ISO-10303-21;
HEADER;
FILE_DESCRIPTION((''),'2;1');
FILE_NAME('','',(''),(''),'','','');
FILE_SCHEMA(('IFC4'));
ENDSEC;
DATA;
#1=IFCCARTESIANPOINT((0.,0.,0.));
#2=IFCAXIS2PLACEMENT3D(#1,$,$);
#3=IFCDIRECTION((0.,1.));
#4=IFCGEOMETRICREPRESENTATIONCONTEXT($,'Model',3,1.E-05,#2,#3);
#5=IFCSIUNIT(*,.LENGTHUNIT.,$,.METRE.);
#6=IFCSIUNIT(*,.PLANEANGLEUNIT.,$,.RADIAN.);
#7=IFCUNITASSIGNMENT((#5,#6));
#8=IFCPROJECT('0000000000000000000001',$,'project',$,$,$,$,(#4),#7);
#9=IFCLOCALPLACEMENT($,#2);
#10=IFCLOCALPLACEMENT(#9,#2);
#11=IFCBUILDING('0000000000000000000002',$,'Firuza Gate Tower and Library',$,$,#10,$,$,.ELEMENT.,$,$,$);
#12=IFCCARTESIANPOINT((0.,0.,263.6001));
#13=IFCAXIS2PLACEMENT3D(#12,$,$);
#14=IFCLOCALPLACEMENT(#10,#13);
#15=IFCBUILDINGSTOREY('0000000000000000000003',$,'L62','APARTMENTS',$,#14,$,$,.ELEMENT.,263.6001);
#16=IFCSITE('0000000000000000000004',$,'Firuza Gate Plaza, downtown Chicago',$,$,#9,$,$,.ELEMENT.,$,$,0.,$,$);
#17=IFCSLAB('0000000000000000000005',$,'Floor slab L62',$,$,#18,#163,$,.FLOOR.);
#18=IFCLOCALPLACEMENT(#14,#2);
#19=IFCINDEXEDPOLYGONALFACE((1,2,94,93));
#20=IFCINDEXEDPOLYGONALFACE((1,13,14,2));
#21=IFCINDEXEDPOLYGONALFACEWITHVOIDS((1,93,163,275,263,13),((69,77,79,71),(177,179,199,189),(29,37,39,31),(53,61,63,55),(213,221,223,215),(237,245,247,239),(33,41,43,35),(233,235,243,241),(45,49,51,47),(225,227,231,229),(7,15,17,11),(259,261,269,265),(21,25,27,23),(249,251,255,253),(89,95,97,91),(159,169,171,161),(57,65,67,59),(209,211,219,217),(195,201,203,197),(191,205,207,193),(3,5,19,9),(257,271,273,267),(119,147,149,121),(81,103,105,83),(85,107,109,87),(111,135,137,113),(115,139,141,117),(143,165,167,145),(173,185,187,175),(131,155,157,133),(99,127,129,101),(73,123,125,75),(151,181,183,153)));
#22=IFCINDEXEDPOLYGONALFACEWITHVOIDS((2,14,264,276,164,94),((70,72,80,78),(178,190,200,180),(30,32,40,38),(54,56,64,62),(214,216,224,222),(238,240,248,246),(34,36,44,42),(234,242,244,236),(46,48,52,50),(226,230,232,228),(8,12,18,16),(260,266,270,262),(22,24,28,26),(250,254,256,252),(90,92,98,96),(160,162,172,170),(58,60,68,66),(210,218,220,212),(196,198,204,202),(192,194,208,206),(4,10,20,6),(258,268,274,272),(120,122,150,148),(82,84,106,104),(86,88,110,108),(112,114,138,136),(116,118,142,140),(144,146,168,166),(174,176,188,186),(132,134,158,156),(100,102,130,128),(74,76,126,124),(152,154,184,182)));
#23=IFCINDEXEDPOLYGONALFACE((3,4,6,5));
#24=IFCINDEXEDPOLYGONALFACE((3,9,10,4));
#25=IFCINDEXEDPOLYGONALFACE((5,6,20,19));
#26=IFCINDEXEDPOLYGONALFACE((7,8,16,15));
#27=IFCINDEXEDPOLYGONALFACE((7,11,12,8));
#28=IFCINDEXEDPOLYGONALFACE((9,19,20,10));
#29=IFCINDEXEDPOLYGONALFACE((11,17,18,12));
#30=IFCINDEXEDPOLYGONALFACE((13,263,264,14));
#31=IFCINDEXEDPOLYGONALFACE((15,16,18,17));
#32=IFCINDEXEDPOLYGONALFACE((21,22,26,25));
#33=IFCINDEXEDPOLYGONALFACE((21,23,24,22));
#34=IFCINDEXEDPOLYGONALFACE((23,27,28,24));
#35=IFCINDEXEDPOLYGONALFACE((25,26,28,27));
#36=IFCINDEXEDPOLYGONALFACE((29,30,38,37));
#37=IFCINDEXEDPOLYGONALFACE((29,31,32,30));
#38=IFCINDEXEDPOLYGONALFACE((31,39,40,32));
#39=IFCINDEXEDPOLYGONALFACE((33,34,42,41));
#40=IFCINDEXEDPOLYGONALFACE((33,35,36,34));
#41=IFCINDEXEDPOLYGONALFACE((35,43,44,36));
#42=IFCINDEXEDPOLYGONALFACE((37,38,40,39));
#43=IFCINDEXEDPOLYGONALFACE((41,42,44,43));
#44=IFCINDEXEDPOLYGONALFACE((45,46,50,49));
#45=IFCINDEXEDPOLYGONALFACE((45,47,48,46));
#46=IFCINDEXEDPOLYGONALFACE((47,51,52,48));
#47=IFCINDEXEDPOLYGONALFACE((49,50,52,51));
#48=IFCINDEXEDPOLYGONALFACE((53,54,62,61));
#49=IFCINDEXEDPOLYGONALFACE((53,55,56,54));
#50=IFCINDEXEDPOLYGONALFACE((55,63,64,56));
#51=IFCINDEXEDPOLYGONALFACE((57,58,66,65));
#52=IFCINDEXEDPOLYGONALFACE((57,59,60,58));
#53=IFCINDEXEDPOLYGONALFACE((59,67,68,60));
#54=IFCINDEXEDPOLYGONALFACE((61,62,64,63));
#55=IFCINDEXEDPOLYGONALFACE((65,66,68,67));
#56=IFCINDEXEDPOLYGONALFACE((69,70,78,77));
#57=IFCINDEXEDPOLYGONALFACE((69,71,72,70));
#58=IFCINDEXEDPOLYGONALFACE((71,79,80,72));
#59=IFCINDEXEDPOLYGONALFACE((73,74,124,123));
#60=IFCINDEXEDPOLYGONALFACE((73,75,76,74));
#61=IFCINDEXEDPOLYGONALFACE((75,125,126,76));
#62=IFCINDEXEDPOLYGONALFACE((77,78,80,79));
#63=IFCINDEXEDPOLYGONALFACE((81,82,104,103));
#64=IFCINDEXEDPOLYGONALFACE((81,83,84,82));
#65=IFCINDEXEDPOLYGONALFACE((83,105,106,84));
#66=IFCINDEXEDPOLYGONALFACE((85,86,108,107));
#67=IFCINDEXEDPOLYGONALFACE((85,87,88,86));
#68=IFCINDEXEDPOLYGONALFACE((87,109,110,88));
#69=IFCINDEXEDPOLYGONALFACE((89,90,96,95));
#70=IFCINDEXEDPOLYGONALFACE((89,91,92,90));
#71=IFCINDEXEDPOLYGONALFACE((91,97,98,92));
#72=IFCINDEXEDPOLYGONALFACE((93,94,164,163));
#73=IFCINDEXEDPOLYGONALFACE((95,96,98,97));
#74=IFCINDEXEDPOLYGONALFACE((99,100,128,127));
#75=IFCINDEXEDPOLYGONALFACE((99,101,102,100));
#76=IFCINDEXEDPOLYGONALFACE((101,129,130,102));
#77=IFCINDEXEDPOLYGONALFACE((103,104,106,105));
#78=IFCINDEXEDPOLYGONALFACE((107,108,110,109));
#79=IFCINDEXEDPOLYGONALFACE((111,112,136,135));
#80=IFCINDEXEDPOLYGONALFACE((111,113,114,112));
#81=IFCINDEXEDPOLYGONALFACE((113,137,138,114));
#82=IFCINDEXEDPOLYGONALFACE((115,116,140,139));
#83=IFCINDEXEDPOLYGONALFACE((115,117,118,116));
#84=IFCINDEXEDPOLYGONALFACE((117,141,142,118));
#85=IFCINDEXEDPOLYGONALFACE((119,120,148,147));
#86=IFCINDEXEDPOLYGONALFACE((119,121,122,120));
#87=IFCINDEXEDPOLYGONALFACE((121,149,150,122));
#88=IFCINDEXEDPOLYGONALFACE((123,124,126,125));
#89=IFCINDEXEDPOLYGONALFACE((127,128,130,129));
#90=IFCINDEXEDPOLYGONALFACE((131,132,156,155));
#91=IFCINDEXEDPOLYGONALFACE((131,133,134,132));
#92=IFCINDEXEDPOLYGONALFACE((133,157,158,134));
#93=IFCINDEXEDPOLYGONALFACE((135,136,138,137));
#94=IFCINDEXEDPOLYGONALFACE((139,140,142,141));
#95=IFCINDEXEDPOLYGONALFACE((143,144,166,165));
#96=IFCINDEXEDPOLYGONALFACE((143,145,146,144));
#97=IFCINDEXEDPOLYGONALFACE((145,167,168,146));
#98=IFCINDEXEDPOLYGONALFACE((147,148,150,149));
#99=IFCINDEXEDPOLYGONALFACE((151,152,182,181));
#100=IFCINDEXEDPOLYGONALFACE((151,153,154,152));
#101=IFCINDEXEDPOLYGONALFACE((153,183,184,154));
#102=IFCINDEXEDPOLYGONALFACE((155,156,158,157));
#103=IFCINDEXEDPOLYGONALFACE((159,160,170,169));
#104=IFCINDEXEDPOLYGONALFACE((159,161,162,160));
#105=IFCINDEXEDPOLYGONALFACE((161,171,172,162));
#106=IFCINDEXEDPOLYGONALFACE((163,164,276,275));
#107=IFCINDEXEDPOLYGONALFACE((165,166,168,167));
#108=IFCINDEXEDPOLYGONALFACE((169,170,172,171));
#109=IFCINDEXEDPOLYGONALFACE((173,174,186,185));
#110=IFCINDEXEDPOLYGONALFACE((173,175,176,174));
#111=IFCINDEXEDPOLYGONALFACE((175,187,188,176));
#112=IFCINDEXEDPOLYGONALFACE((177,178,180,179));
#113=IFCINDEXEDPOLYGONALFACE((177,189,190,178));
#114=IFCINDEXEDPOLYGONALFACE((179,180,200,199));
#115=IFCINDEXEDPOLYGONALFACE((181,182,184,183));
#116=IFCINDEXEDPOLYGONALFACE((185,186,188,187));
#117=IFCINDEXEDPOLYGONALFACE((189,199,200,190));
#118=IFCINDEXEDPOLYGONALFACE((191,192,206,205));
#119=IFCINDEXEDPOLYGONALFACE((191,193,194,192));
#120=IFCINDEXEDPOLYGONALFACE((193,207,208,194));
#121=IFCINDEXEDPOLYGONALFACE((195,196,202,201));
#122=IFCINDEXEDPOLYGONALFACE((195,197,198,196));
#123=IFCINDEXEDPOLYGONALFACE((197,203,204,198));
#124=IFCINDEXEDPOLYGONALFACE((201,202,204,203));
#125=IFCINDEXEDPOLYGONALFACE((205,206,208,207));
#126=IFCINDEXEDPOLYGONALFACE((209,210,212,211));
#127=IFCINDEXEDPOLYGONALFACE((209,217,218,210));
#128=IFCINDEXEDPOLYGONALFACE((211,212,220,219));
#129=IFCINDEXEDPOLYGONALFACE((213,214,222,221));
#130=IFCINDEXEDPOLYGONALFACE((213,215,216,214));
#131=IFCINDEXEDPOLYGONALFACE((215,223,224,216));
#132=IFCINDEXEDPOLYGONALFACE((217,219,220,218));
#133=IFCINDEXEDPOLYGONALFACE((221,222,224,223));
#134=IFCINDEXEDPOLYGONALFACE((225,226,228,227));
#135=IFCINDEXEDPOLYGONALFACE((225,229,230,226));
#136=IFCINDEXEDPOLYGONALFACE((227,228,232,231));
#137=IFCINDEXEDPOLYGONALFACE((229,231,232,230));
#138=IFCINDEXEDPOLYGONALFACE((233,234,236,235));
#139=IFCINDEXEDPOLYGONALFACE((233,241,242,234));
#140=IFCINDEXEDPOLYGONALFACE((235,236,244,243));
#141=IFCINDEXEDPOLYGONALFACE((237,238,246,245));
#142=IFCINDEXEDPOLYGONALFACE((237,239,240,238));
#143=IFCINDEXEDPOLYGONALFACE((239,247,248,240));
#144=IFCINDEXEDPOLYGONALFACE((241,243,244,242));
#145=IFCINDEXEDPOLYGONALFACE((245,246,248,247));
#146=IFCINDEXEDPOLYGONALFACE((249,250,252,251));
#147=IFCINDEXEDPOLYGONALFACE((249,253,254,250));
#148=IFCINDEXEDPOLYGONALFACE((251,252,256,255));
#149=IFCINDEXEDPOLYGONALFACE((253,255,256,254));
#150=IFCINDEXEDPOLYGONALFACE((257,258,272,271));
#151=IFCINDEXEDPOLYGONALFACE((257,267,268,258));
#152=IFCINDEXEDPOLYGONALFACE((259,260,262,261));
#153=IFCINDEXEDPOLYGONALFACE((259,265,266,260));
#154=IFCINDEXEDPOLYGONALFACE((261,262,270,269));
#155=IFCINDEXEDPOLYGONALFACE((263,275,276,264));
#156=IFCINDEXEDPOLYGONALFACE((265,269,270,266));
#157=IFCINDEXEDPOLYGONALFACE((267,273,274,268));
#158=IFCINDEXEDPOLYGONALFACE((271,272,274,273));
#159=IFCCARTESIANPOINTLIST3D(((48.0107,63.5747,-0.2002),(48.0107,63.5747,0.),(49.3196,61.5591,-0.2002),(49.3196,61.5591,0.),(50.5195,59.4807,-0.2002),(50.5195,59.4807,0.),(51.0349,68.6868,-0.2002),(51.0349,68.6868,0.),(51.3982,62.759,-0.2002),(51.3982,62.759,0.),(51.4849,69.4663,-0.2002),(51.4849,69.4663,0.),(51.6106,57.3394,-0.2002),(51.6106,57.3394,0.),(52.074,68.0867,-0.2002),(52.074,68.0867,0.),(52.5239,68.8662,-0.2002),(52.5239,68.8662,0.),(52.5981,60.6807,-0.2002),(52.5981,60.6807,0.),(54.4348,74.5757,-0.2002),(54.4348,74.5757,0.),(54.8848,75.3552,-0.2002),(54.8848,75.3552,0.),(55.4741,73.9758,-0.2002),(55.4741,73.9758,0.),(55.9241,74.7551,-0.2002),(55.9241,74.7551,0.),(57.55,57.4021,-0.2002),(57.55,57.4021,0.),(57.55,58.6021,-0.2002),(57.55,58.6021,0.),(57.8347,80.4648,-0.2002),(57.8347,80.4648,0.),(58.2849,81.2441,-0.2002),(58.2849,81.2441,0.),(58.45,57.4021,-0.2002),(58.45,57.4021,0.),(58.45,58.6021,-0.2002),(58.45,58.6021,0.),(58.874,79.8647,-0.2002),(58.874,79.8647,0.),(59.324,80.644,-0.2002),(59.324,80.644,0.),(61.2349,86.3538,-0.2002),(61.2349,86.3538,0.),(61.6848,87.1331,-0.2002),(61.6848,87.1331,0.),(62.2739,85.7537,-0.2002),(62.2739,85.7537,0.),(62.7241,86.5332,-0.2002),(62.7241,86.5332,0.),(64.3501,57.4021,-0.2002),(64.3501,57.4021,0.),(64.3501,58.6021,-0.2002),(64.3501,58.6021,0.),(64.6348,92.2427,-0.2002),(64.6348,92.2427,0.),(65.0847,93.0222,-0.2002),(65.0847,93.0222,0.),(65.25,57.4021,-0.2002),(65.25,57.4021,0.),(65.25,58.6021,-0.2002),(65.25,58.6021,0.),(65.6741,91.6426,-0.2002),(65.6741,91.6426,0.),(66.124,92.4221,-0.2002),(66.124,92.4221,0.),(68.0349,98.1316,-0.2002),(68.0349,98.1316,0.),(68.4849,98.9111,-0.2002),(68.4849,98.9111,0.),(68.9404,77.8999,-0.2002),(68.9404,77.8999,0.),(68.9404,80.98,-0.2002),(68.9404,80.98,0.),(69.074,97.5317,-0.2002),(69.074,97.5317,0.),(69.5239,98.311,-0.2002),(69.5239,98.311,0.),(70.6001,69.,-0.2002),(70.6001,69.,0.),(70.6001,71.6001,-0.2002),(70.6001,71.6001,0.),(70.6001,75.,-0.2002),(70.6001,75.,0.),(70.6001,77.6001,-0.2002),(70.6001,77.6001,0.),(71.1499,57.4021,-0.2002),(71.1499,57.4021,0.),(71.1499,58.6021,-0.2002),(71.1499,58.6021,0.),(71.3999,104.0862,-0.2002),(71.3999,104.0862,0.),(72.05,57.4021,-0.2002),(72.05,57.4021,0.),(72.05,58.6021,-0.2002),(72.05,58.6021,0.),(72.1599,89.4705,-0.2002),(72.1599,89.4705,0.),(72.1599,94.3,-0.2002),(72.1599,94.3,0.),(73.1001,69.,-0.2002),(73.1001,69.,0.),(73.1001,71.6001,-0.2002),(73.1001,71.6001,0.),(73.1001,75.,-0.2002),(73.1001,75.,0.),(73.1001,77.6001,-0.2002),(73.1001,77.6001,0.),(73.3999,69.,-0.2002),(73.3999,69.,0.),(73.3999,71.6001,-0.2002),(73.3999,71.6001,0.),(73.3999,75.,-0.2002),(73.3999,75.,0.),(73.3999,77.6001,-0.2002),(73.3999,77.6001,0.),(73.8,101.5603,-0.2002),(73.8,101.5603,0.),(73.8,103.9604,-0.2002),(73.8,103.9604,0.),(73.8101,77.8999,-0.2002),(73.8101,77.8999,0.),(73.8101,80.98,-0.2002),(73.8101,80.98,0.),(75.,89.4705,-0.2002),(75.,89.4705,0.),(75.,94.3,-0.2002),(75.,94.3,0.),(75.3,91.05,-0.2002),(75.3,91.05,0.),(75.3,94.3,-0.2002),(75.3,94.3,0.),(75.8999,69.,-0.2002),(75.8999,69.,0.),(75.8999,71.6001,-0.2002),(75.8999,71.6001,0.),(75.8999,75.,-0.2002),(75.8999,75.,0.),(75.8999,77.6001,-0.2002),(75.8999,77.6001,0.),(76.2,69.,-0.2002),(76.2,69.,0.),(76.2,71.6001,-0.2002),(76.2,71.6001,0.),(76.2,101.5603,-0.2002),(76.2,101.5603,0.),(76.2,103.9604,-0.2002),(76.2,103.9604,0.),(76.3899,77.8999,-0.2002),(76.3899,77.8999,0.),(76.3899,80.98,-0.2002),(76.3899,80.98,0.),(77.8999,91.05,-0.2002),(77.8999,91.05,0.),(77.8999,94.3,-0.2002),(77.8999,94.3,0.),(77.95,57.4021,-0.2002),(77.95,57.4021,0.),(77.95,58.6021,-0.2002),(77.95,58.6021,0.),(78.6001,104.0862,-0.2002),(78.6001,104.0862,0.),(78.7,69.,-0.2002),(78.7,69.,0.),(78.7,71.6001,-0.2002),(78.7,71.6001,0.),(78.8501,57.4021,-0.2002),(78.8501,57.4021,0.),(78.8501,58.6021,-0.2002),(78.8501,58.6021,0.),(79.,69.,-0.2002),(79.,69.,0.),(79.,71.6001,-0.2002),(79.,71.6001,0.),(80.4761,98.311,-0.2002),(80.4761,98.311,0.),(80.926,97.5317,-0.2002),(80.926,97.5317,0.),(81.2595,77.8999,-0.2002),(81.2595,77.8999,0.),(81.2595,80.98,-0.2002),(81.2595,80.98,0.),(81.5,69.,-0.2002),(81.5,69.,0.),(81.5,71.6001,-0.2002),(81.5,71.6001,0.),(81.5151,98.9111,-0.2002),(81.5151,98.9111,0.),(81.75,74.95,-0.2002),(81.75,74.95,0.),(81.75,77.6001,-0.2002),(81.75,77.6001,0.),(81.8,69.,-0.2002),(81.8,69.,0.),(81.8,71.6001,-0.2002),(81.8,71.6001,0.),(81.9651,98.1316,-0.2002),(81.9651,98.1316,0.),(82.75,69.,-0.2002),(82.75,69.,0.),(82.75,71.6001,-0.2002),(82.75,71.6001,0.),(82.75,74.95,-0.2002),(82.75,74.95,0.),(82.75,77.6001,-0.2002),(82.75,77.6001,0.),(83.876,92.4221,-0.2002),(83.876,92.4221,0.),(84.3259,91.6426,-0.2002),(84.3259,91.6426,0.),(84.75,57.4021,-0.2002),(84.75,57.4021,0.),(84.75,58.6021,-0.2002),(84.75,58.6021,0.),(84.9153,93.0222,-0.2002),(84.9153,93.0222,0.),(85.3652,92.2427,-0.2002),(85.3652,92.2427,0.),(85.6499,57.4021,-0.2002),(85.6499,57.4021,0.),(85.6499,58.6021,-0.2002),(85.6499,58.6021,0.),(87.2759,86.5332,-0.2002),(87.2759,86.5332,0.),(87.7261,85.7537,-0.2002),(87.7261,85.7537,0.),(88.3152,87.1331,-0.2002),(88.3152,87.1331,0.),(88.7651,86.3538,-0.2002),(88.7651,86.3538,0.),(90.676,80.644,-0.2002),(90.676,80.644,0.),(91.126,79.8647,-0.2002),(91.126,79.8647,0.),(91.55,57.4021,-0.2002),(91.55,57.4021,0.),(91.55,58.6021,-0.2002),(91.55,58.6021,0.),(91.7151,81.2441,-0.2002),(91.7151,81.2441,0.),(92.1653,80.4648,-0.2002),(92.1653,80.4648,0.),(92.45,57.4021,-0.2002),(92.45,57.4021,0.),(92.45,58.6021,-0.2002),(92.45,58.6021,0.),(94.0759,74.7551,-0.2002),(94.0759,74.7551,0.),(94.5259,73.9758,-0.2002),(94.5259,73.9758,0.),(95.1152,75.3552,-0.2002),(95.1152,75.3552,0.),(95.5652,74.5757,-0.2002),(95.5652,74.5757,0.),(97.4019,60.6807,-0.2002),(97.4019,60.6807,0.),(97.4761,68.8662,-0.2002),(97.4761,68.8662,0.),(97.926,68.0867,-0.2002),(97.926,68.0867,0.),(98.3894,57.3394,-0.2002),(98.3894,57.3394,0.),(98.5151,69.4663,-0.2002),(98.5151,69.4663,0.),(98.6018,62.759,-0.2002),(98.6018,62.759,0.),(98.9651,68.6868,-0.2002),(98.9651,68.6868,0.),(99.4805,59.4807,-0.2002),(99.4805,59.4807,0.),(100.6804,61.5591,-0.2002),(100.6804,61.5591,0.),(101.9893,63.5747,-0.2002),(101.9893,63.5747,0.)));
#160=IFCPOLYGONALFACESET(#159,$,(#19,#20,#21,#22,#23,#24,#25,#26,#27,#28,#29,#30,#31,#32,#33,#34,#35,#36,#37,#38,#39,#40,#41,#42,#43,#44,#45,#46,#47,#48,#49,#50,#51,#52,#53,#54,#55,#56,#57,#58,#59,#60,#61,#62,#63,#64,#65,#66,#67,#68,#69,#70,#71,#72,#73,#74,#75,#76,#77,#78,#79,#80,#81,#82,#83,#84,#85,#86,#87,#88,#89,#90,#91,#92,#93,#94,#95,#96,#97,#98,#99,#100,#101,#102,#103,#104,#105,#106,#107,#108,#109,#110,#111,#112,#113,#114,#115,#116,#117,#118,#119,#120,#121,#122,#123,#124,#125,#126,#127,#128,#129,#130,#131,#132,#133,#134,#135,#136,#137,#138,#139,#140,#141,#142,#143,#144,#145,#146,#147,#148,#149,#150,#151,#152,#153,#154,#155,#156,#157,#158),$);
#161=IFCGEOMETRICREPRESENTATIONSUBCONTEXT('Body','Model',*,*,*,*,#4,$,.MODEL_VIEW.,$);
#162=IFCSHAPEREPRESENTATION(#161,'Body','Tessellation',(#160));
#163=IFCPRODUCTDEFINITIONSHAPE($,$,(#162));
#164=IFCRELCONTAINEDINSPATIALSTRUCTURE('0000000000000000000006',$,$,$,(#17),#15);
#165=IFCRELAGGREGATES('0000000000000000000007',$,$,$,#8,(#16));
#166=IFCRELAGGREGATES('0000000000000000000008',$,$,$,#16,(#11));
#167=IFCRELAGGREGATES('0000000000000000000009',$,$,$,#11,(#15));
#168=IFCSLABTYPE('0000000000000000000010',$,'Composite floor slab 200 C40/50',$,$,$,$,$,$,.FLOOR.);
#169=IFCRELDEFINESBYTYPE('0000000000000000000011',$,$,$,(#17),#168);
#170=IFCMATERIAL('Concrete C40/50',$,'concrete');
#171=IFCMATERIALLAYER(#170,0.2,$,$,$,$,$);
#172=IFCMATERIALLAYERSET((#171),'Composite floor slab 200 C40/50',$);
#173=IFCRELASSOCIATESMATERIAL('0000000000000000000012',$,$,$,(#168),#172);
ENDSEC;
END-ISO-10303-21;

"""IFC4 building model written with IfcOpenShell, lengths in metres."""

from ifc_helpers import new_model, si_unit, direction, frame, origin, place, context, subcontext, project, spatial, polyline, outline, extrude, material, layer, layer_set, type_object, element, save


model = new_model("IFC4")

# Units and contexts
model_context = context("Model", 3, precision=1e-05, world=origin(), true_north=direction((0.0, 1.0)))
body_context = subcontext(model_context, "Body", "Model", "MODEL_VIEW")
ifc_project = project(units=[si_unit("LENGTHUNIT", "METRE"), si_unit("PLANEANGLEUNIT", "RADIAN")], contexts=[model_context])

# Site, building, storey
site_placement = place(None, origin())
site = spatial("IfcSite", under=ifc_project, at=site_placement, Name="Firuza Gate Plaza, downtown Chicago", CompositionType="ELEMENT", RefElevation=0.0)
building_placement = place(site_placement, origin())
building = spatial("IfcBuilding", under=site, at=building_placement, Name="Firuza Gate Tower and Library", CompositionType="ELEMENT")
storey_placement = place(building_placement, frame((0.0, 0.0, 263.6001)))
storey = spatial("IfcBuildingStorey", under=building, at=storey_placement, Name="L62", Description="APARTMENTS", CompositionType="ELEMENT", Elevation=263.6001)

# Slab
ifc_material_1 = material(Name="Concrete C40/50", Category="concrete")
ifc_layer_1 = layer(ifc_material_1, 0.2)
ifc_layer_set_1 = layer_set([ifc_layer_1], Name="Composite floor slab 200 C40/50")
slab_type_1 = type_object("IfcSlabType", Name="Composite floor slab 200 C40/50", PredefinedType="FLOOR", material=ifc_layer_set_1)
placement_1 = place(storey_placement, frame((0.0, 0.0, -0.2002)))
element("IfcSlab", 1, at=placement_1, inside=storey, type_object=slab_type_1, Name="Floor slab L62", PredefinedType="FLOOR", context=body_context, shape_type="SweptSolid", body=[
    extrude(outline(polyline([(48.0107, 63.5747), (51.6106, 57.3394), (98.3894, 57.3394), (101.9893, 63.5747), (78.6001, 104.0862), (71.3999, 104.0862), (48.0107, 63.5747)]), holes=[polyline([(57.55, 57.4021), (57.55, 58.6021), (58.45, 58.6021), (58.45, 57.4021), (57.55, 57.4021)]), polyline([(64.3501, 57.4021), (64.3501, 58.6021), (65.25, 58.6021), (65.25, 57.4021), (64.3501, 57.4021)]), polyline([(71.1499, 57.4021), (71.1499, 58.6021), (72.05, 58.6021), (72.05, 57.4021), (71.1499, 57.4021)]), polyline([(49.3196, 61.5591), (51.3982, 62.759), (52.5981, 60.6807), (50.5195, 59.4807), (49.3196, 61.5591)]), polyline([(51.4849, 69.4663), (52.5239, 68.8662), (52.074, 68.0867), (51.0349, 68.6868), (51.4849, 69.4663)]), polyline([(73.1001, 69.0), (70.6001, 69.0), (70.6001, 71.6001), (73.1001, 71.6001), (73.1001, 69.0)]), polyline([(75.8999, 69.0), (73.3999, 69.0), (73.3999, 71.6001), (75.8999, 71.6001), (75.8999, 69.0)]), polyline([(54.8848, 75.3552), (55.9241, 74.7551), (55.4741, 73.9758), (54.4348, 74.5757), (54.8848, 75.3552)]), polyline([(73.1001, 75.0), (70.6001, 75.0), (70.6001, 77.6001), (73.1001, 77.6001), (73.1001, 75.0)]), polyline([(75.8999, 75.0), (73.3999, 75.0), (73.3999, 77.6001), (75.8999, 77.6001), (75.8999, 75.0)]), polyline([(68.9404, 77.8999), (68.9404, 80.98), (73.8101, 80.98), (73.8101, 77.8999), (68.9404, 77.8999)]), polyline([(58.2849, 81.2441), (59.324, 80.644), (58.874, 79.8647), (57.8347, 80.4648), (58.2849, 81.2441)]), polyline([(61.6848, 87.1331), (62.7241, 86.5332), (62.2739, 85.7537), (61.2349, 86.3538), (61.6848, 87.1331)]), polyline([(72.1599, 89.4705), (72.1599, 94.3), (75.0, 94.3), (75.0, 89.4705), (72.1599, 89.4705)]), polyline([(65.0847, 93.0222), (66.124, 92.4221), (65.6741, 91.6426), (64.6348, 92.2427), (65.0847, 93.0222)]), polyline([(68.4849, 98.9111), (69.5239, 98.311), (69.074, 97.5317), (68.0349, 98.1316), (68.4849, 98.9111)]), polyline([(76.2, 103.9604), (76.2, 101.5603), (73.8, 101.5603), (73.8, 103.9604), (76.2, 103.9604)]), polyline([(77.95, 57.4021), (77.95, 58.6021), (78.8501, 58.6021), (78.8501, 57.4021), (77.95, 57.4021)]), polyline([(84.75, 57.4021), (84.75, 58.6021), (85.6499, 58.6021), (85.6499, 57.4021), (84.75, 57.4021)]), polyline([(91.55, 57.4021), (91.55, 58.6021), (92.45, 58.6021), (92.45, 57.4021), (91.55, 57.4021)]), polyline([(99.4805, 59.4807), (97.4019, 60.6807), (98.6018, 62.759), (100.6804, 61.5591), (99.4805, 59.4807)]), polyline([(98.9651, 68.6868), (97.926, 68.0867), (97.4761, 68.8662), (98.5151, 69.4663), (98.9651, 68.6868)]), polyline([(78.7, 69.0), (76.2, 69.0), (76.2, 71.6001), (78.7, 71.6001), (78.7, 69.0)]), polyline([(81.5, 69.0), (79.0, 69.0), (79.0, 71.6001), (81.5, 71.6001), (81.5, 69.0)]), polyline([(82.75, 69.0), (81.8, 69.0), (81.8, 71.6001), (82.75, 71.6001), (82.75, 69.0)]), polyline([(95.5652, 74.5757), (94.5259, 73.9758), (94.0759, 74.7551), (95.1152, 75.3552), (95.5652, 74.5757)]), polyline([(82.75, 74.95), (81.75, 74.95), (81.75, 77.6001), (82.75, 77.6001), (82.75, 74.95)]), polyline([(81.2595, 80.98), (81.2595, 77.8999), (76.3899, 77.8999), (76.3899, 80.98), (81.2595, 80.98)]), polyline([(92.1653, 80.4648), (91.126, 79.8647), (90.676, 80.644), (91.7151, 81.2441), (92.1653, 80.4648)]), polyline([(88.7651, 86.3538), (87.7261, 85.7537), (87.2759, 86.5332), (88.3152, 87.1331), (88.7651, 86.3538)]), polyline([(85.3652, 92.2427), (84.3259, 91.6426), (83.876, 92.4221), (84.9153, 93.0222), (85.3652, 92.2427)]), polyline([(75.3, 91.05), (75.3, 94.3), (77.8999, 94.3), (77.8999, 91.05), (75.3, 91.05)]), polyline([(80.926, 97.5317), (80.4761, 98.311), (81.5151, 98.9111), (81.9651, 98.1316), (80.926, 97.5317)])]), origin(), (0.0, 0.0, 1.0), 0.2002),
])

save(model, "model.ifc")
